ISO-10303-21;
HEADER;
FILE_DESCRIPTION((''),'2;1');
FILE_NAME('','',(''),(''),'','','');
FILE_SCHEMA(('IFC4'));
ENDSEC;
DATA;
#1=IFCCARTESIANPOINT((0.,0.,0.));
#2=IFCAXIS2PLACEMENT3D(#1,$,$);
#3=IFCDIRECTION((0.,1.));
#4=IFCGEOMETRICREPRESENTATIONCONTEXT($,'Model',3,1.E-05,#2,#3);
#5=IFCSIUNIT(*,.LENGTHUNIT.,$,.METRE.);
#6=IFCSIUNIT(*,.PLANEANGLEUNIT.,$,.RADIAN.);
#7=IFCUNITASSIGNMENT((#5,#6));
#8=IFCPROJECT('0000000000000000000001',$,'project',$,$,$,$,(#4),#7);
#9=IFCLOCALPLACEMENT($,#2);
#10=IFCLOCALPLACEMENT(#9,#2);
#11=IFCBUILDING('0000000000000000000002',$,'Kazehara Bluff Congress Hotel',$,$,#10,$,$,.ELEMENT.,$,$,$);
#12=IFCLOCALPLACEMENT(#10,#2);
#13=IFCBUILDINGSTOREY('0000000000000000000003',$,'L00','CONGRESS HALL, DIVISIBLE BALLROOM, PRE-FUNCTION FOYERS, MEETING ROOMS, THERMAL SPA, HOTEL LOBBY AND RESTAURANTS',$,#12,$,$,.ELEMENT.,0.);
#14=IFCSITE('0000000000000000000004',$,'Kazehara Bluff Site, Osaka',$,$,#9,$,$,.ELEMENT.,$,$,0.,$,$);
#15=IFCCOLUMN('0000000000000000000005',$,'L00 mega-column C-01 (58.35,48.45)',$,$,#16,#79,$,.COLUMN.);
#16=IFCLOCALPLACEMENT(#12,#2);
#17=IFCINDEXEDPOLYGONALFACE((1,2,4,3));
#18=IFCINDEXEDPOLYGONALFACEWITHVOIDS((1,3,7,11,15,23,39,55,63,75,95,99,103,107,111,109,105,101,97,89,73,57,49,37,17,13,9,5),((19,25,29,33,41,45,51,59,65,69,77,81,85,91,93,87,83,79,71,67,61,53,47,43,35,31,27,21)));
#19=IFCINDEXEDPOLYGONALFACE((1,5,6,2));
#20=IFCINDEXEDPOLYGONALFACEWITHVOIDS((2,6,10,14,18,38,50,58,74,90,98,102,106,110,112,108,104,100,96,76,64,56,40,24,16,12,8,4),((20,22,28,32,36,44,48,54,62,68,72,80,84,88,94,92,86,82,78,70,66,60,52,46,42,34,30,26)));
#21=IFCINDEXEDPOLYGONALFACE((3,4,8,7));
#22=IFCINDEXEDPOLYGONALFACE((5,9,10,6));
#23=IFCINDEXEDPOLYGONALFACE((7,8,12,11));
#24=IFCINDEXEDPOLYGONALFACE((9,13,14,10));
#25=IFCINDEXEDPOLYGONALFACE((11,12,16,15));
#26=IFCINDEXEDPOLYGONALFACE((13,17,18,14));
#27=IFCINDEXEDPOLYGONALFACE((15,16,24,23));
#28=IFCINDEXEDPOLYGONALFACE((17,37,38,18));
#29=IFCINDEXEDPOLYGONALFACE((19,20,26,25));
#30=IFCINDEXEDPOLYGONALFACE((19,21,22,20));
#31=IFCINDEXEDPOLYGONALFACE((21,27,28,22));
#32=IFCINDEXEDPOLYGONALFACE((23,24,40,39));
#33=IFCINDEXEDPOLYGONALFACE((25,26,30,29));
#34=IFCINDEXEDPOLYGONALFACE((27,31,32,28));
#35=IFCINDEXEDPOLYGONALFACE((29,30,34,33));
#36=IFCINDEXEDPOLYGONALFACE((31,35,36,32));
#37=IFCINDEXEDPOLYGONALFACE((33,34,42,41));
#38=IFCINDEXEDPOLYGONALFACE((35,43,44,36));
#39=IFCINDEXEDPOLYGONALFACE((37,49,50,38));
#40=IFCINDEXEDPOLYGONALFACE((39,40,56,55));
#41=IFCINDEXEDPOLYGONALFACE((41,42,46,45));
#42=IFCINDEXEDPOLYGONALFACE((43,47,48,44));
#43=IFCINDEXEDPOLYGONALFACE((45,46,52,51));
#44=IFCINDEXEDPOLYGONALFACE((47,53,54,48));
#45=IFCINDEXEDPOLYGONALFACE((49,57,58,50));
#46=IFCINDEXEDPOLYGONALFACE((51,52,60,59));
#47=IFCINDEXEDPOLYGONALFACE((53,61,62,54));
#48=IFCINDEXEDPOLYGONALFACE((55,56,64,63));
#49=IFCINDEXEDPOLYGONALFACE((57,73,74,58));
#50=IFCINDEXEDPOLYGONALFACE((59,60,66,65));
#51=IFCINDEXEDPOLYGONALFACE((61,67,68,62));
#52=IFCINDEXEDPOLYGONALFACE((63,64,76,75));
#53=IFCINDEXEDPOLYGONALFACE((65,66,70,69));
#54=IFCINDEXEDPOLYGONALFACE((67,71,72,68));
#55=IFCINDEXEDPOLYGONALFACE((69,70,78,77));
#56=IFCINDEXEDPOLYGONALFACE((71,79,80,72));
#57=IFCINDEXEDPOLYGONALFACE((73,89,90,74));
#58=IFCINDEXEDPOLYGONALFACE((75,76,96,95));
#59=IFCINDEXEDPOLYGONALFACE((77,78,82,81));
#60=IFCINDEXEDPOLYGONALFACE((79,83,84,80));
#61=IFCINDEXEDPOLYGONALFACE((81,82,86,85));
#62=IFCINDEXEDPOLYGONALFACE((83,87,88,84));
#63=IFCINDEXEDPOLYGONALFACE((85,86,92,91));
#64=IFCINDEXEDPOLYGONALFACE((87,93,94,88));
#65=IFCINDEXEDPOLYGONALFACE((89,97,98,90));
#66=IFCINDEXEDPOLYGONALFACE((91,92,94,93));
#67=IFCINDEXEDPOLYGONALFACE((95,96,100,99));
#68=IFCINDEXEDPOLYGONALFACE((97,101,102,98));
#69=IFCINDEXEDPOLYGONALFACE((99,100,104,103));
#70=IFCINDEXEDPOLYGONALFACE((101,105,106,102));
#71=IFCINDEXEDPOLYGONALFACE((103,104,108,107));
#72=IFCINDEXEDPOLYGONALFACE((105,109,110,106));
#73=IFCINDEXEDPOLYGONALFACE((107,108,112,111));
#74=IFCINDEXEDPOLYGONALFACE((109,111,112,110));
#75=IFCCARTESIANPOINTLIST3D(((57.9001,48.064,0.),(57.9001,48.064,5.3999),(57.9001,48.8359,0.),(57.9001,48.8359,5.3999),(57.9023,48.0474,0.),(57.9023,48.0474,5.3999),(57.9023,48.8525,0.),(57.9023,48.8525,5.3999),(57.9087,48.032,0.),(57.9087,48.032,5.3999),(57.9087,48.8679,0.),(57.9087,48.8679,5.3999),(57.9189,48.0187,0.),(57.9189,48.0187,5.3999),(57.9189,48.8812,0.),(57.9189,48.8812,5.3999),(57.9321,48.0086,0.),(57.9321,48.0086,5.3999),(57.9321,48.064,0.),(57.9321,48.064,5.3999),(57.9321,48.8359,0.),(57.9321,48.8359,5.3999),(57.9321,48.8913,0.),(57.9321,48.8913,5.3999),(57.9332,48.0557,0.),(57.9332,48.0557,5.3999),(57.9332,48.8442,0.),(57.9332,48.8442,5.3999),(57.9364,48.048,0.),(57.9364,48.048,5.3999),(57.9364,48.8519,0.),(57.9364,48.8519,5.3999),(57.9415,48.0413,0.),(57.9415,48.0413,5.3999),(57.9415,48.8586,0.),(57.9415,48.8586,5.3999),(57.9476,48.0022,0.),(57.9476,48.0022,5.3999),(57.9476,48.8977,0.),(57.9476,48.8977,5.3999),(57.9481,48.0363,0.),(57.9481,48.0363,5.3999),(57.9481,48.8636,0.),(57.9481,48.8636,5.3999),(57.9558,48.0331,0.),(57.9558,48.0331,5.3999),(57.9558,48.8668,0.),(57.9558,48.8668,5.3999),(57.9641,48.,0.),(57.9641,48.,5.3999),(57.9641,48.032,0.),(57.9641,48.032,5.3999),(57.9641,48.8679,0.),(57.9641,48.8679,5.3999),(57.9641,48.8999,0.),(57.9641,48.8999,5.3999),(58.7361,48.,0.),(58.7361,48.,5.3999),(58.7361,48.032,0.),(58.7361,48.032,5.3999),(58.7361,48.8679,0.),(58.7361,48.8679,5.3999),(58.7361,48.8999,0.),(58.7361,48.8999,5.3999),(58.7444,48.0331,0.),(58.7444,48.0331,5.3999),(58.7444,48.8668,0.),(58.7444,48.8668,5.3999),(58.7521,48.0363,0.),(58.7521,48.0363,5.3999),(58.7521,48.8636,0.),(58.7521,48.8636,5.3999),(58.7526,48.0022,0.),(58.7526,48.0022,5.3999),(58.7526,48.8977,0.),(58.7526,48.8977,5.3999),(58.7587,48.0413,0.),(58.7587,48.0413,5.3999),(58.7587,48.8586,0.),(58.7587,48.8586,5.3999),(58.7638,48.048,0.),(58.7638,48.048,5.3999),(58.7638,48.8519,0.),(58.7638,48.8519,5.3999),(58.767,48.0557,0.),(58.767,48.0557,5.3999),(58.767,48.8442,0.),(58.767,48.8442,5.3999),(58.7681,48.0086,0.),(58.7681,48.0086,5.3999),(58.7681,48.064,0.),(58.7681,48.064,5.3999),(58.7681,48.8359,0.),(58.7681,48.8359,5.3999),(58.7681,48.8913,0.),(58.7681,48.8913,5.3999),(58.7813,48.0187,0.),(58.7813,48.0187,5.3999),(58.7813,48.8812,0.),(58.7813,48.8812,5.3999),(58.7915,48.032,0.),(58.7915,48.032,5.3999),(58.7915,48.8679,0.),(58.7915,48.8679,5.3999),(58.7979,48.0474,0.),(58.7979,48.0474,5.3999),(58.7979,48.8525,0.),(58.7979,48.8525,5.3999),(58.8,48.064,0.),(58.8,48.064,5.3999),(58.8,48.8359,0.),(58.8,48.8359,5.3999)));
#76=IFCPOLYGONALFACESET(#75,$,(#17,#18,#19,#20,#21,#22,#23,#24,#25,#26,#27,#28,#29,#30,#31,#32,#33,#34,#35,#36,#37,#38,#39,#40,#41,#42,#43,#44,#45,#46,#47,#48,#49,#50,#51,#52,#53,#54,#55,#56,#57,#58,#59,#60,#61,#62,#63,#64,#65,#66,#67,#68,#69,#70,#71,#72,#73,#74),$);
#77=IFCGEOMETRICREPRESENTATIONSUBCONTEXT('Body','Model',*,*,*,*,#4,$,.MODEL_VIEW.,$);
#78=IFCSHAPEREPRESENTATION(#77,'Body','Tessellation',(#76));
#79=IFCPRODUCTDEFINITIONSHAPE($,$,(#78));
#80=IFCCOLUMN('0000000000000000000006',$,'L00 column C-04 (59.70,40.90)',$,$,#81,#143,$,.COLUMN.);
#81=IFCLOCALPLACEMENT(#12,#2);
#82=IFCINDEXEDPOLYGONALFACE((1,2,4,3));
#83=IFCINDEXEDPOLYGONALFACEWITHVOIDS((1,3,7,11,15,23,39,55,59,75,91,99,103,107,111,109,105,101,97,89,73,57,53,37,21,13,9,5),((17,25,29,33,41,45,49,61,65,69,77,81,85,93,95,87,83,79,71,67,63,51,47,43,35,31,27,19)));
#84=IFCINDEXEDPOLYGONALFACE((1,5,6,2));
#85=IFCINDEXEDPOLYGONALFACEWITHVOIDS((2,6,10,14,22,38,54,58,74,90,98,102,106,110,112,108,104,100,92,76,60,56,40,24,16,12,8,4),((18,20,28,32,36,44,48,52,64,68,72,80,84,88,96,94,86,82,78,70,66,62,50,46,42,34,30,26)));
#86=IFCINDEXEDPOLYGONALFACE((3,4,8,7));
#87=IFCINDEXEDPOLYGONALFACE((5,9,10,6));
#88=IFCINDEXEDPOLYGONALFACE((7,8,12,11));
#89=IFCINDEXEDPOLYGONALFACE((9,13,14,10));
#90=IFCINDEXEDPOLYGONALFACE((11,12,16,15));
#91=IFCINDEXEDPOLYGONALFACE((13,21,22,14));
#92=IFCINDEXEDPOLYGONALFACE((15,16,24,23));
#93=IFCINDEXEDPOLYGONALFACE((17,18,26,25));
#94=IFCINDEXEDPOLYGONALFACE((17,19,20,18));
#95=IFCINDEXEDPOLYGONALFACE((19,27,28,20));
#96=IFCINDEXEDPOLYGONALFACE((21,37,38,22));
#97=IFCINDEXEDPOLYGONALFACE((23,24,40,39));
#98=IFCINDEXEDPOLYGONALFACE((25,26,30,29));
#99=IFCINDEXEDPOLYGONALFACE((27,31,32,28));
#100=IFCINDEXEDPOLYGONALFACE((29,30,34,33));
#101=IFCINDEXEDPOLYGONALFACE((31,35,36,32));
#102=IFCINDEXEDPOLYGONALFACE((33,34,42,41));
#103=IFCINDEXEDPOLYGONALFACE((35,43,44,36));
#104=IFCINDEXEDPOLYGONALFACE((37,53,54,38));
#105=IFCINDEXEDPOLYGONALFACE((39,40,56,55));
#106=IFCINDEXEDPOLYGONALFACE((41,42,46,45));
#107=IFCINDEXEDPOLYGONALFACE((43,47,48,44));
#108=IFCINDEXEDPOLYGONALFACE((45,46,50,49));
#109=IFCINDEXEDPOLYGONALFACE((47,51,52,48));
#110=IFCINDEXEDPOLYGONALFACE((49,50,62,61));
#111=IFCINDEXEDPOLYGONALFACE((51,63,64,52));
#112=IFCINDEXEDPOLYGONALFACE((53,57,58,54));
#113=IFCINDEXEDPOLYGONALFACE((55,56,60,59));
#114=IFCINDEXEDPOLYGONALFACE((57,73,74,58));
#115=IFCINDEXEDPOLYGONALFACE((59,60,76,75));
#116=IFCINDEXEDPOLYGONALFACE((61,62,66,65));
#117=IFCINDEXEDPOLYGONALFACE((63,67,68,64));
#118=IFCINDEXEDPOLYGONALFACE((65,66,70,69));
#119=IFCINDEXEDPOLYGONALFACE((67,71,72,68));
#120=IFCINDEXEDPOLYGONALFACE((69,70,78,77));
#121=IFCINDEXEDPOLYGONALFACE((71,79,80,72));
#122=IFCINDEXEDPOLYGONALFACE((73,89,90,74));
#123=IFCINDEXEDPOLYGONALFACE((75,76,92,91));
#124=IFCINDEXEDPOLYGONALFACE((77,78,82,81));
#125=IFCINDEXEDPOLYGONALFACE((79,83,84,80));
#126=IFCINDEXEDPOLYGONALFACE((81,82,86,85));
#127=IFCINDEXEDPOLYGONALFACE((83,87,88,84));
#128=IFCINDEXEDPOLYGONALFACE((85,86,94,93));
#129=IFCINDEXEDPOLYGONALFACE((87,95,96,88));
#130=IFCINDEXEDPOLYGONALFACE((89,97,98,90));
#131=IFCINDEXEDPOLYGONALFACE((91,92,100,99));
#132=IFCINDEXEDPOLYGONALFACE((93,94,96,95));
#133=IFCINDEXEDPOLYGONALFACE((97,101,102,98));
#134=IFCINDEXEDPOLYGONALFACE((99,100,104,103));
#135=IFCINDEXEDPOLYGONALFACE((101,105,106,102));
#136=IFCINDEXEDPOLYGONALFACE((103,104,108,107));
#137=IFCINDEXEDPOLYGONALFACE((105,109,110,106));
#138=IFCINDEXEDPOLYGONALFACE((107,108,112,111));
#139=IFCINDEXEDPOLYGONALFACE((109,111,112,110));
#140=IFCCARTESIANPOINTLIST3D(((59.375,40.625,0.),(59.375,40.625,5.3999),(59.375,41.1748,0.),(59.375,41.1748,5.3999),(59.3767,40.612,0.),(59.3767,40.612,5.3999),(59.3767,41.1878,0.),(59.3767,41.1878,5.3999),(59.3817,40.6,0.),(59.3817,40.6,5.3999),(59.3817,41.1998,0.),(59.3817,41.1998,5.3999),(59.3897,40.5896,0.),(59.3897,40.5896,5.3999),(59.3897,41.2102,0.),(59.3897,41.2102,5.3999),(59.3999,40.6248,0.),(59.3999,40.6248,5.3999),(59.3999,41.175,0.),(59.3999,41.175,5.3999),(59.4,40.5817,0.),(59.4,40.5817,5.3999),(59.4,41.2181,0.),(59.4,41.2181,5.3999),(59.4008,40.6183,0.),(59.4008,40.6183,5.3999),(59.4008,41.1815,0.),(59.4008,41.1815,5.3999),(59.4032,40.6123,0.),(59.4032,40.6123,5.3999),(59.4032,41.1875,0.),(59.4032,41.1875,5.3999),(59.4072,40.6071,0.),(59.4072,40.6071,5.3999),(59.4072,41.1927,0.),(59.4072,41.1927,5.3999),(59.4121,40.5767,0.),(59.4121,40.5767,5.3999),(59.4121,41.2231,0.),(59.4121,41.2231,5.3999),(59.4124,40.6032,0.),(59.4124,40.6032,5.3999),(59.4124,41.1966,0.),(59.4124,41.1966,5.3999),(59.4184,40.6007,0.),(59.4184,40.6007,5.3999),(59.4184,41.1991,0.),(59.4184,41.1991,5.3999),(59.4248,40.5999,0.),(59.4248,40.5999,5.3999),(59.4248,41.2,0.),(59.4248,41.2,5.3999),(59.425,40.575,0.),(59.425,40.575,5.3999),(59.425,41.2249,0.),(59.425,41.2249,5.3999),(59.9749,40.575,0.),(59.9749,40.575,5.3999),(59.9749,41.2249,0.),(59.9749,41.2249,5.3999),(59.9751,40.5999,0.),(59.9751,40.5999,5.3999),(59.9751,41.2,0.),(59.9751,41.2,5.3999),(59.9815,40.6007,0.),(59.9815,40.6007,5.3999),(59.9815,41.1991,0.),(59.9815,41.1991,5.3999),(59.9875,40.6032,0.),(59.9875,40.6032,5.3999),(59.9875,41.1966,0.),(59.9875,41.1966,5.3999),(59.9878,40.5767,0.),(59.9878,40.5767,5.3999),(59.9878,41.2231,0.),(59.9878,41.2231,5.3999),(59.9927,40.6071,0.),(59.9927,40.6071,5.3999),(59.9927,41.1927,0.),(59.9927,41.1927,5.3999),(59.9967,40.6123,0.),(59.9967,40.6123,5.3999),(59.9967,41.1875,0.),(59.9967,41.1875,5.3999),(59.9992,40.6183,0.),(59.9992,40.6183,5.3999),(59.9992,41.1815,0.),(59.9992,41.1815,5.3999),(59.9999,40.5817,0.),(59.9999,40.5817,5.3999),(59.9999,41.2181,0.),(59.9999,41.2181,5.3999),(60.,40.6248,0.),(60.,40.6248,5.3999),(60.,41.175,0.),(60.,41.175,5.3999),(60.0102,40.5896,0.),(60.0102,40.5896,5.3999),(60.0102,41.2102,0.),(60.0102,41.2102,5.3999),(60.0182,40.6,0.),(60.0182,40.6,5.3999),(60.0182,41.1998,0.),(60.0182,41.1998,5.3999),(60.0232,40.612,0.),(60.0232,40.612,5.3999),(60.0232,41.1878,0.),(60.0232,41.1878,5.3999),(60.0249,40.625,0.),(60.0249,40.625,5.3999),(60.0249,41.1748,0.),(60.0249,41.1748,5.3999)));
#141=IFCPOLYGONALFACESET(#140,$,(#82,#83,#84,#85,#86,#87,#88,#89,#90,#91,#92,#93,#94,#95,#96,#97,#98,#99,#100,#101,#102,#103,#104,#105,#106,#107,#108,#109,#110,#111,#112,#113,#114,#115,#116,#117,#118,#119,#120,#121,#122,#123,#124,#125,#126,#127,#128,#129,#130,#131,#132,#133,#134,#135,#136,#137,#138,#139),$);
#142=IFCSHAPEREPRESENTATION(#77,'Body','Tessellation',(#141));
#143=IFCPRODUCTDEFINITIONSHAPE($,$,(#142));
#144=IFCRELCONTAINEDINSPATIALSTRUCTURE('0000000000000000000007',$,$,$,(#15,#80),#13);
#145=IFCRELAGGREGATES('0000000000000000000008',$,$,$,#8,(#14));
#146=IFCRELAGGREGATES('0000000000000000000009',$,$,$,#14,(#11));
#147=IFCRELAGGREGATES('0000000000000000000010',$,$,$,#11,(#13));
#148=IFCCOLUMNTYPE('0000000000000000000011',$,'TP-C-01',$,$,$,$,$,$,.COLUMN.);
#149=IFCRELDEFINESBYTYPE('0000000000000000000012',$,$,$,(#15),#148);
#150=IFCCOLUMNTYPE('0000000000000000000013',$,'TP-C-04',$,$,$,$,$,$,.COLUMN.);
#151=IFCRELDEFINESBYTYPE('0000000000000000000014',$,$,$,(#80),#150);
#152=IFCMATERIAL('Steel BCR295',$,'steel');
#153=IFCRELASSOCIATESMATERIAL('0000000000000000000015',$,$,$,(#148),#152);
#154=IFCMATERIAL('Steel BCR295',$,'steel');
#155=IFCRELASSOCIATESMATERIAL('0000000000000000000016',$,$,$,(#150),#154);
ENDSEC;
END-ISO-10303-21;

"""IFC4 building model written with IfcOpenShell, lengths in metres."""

from ifc_helpers import new_model, si_unit, direction, frame, origin, origin_2d, place, context, subcontext, project, spatial, hollow_rectangle, extrude, material, material_profile, profile_set, type_object, element, save


model = new_model("IFC4")

# Units and contexts
model_context = context("Model", 3, precision=1e-05, world=origin(), true_north=direction((0.0, 1.0)))
body_context = subcontext(model_context, "Body", "Model", "MODEL_VIEW")
ifc_project = project(units=[si_unit("LENGTHUNIT", "METRE"), si_unit("PLANEANGLEUNIT", "RADIAN")], contexts=[model_context])

# Site, building, storey
site_placement = place(None, origin())
site = spatial("IfcSite", under=ifc_project, at=site_placement, Name="Kazehara Bluff Site, Osaka", CompositionType="ELEMENT", RefElevation=0.0)
building_placement = place(site_placement, origin())
building = spatial("IfcBuilding", under=site, at=building_placement, Name="Kazehara Bluff Congress Hotel", CompositionType="ELEMENT")
storey_placement = place(building_placement, origin())
storey = spatial("IfcBuildingStorey", under=building, at=storey_placement, Name="L00", Description="CONGRESS HALL, DIVISIBLE BALLROOM, PRE-FUNCTION FOYERS, MEETING ROOMS, THERMAL SPA, HOTEL LOBBY AND RESTAURANTS", CompositionType="ELEMENT", Elevation=0.0)

# Columns
ifc_material_1 = material(Name="Steel BCR295", Category="steel")
ifc_material_profile_1 = material_profile(ifc_material_1, hollow_rectangle(XDim=0.8999, YDim=0.8999, WallThickness=0.032, InnerFilletRadius=0.032, OuterFilletRadius=0.064, at=origin_2d()))
ifc_profile_set_1 = profile_set([ifc_material_profile_1], Name="Steel BCR295")
column_type_1 = type_object("IfcColumnType", Name="TP-C-01", PredefinedType="COLUMN", material=ifc_profile_set_1)
column_placement = place(storey_placement, frame((58.3501, 48.45, 0.0), z_axis=(0.0, 0.0, 1.0), x_axis=(1.0, 0.0, 0.0)))
element("IfcColumn", 1, at=column_placement, inside=storey, type_object=column_type_1, Name="L00 mega-column C-01 (58.35,48.45)", PredefinedType="COLUMN", context=body_context, shape_type="SweptSolid", body=[
    extrude(hollow_rectangle(XDim=0.8999, YDim=0.8999, WallThickness=0.032, InnerFilletRadius=0.032, OuterFilletRadius=0.064, at=origin_2d()), origin(), (0.0, 0.0, 1.0), 5.3999),
])
ifc_material_2 = material(Name="Steel BCR295", Category="steel")
ifc_material_profile_2 = material_profile(ifc_material_2, hollow_rectangle(XDim=0.6499, YDim=0.6499, WallThickness=0.0249, InnerFilletRadius=0.0249, OuterFilletRadius=0.05, at=origin_2d()))
ifc_profile_set_2 = profile_set([ifc_material_profile_2], Name="Steel BCR295")
column_type_2 = type_object("IfcColumnType", Name="TP-C-04", PredefinedType="COLUMN", material=ifc_profile_set_2)
for number, where, z_axis, x_axis, name in (
    (2, (59.7, 40.8999, 0.0), (0.0, 0.0, 1.0), (1.0, 0.0, 0.0), "L00 column C-04 (59.70,40.90)"),
):
    element("IfcColumn", number, at=place(storey_placement, frame(where, z_axis=z_axis, x_axis=x_axis)), inside=storey, type_object=column_type_2, Name=name, PredefinedType="COLUMN", context=body_context, shape_type="SweptSolid", body=[
        extrude(hollow_rectangle(XDim=0.6499, YDim=0.6499, WallThickness=0.0249, InnerFilletRadius=0.0249, OuterFilletRadius=0.05, at=origin_2d()), origin(), (0.0, 0.0, 1.0), 5.3999),
    ])

save(model, "model.ifc")
